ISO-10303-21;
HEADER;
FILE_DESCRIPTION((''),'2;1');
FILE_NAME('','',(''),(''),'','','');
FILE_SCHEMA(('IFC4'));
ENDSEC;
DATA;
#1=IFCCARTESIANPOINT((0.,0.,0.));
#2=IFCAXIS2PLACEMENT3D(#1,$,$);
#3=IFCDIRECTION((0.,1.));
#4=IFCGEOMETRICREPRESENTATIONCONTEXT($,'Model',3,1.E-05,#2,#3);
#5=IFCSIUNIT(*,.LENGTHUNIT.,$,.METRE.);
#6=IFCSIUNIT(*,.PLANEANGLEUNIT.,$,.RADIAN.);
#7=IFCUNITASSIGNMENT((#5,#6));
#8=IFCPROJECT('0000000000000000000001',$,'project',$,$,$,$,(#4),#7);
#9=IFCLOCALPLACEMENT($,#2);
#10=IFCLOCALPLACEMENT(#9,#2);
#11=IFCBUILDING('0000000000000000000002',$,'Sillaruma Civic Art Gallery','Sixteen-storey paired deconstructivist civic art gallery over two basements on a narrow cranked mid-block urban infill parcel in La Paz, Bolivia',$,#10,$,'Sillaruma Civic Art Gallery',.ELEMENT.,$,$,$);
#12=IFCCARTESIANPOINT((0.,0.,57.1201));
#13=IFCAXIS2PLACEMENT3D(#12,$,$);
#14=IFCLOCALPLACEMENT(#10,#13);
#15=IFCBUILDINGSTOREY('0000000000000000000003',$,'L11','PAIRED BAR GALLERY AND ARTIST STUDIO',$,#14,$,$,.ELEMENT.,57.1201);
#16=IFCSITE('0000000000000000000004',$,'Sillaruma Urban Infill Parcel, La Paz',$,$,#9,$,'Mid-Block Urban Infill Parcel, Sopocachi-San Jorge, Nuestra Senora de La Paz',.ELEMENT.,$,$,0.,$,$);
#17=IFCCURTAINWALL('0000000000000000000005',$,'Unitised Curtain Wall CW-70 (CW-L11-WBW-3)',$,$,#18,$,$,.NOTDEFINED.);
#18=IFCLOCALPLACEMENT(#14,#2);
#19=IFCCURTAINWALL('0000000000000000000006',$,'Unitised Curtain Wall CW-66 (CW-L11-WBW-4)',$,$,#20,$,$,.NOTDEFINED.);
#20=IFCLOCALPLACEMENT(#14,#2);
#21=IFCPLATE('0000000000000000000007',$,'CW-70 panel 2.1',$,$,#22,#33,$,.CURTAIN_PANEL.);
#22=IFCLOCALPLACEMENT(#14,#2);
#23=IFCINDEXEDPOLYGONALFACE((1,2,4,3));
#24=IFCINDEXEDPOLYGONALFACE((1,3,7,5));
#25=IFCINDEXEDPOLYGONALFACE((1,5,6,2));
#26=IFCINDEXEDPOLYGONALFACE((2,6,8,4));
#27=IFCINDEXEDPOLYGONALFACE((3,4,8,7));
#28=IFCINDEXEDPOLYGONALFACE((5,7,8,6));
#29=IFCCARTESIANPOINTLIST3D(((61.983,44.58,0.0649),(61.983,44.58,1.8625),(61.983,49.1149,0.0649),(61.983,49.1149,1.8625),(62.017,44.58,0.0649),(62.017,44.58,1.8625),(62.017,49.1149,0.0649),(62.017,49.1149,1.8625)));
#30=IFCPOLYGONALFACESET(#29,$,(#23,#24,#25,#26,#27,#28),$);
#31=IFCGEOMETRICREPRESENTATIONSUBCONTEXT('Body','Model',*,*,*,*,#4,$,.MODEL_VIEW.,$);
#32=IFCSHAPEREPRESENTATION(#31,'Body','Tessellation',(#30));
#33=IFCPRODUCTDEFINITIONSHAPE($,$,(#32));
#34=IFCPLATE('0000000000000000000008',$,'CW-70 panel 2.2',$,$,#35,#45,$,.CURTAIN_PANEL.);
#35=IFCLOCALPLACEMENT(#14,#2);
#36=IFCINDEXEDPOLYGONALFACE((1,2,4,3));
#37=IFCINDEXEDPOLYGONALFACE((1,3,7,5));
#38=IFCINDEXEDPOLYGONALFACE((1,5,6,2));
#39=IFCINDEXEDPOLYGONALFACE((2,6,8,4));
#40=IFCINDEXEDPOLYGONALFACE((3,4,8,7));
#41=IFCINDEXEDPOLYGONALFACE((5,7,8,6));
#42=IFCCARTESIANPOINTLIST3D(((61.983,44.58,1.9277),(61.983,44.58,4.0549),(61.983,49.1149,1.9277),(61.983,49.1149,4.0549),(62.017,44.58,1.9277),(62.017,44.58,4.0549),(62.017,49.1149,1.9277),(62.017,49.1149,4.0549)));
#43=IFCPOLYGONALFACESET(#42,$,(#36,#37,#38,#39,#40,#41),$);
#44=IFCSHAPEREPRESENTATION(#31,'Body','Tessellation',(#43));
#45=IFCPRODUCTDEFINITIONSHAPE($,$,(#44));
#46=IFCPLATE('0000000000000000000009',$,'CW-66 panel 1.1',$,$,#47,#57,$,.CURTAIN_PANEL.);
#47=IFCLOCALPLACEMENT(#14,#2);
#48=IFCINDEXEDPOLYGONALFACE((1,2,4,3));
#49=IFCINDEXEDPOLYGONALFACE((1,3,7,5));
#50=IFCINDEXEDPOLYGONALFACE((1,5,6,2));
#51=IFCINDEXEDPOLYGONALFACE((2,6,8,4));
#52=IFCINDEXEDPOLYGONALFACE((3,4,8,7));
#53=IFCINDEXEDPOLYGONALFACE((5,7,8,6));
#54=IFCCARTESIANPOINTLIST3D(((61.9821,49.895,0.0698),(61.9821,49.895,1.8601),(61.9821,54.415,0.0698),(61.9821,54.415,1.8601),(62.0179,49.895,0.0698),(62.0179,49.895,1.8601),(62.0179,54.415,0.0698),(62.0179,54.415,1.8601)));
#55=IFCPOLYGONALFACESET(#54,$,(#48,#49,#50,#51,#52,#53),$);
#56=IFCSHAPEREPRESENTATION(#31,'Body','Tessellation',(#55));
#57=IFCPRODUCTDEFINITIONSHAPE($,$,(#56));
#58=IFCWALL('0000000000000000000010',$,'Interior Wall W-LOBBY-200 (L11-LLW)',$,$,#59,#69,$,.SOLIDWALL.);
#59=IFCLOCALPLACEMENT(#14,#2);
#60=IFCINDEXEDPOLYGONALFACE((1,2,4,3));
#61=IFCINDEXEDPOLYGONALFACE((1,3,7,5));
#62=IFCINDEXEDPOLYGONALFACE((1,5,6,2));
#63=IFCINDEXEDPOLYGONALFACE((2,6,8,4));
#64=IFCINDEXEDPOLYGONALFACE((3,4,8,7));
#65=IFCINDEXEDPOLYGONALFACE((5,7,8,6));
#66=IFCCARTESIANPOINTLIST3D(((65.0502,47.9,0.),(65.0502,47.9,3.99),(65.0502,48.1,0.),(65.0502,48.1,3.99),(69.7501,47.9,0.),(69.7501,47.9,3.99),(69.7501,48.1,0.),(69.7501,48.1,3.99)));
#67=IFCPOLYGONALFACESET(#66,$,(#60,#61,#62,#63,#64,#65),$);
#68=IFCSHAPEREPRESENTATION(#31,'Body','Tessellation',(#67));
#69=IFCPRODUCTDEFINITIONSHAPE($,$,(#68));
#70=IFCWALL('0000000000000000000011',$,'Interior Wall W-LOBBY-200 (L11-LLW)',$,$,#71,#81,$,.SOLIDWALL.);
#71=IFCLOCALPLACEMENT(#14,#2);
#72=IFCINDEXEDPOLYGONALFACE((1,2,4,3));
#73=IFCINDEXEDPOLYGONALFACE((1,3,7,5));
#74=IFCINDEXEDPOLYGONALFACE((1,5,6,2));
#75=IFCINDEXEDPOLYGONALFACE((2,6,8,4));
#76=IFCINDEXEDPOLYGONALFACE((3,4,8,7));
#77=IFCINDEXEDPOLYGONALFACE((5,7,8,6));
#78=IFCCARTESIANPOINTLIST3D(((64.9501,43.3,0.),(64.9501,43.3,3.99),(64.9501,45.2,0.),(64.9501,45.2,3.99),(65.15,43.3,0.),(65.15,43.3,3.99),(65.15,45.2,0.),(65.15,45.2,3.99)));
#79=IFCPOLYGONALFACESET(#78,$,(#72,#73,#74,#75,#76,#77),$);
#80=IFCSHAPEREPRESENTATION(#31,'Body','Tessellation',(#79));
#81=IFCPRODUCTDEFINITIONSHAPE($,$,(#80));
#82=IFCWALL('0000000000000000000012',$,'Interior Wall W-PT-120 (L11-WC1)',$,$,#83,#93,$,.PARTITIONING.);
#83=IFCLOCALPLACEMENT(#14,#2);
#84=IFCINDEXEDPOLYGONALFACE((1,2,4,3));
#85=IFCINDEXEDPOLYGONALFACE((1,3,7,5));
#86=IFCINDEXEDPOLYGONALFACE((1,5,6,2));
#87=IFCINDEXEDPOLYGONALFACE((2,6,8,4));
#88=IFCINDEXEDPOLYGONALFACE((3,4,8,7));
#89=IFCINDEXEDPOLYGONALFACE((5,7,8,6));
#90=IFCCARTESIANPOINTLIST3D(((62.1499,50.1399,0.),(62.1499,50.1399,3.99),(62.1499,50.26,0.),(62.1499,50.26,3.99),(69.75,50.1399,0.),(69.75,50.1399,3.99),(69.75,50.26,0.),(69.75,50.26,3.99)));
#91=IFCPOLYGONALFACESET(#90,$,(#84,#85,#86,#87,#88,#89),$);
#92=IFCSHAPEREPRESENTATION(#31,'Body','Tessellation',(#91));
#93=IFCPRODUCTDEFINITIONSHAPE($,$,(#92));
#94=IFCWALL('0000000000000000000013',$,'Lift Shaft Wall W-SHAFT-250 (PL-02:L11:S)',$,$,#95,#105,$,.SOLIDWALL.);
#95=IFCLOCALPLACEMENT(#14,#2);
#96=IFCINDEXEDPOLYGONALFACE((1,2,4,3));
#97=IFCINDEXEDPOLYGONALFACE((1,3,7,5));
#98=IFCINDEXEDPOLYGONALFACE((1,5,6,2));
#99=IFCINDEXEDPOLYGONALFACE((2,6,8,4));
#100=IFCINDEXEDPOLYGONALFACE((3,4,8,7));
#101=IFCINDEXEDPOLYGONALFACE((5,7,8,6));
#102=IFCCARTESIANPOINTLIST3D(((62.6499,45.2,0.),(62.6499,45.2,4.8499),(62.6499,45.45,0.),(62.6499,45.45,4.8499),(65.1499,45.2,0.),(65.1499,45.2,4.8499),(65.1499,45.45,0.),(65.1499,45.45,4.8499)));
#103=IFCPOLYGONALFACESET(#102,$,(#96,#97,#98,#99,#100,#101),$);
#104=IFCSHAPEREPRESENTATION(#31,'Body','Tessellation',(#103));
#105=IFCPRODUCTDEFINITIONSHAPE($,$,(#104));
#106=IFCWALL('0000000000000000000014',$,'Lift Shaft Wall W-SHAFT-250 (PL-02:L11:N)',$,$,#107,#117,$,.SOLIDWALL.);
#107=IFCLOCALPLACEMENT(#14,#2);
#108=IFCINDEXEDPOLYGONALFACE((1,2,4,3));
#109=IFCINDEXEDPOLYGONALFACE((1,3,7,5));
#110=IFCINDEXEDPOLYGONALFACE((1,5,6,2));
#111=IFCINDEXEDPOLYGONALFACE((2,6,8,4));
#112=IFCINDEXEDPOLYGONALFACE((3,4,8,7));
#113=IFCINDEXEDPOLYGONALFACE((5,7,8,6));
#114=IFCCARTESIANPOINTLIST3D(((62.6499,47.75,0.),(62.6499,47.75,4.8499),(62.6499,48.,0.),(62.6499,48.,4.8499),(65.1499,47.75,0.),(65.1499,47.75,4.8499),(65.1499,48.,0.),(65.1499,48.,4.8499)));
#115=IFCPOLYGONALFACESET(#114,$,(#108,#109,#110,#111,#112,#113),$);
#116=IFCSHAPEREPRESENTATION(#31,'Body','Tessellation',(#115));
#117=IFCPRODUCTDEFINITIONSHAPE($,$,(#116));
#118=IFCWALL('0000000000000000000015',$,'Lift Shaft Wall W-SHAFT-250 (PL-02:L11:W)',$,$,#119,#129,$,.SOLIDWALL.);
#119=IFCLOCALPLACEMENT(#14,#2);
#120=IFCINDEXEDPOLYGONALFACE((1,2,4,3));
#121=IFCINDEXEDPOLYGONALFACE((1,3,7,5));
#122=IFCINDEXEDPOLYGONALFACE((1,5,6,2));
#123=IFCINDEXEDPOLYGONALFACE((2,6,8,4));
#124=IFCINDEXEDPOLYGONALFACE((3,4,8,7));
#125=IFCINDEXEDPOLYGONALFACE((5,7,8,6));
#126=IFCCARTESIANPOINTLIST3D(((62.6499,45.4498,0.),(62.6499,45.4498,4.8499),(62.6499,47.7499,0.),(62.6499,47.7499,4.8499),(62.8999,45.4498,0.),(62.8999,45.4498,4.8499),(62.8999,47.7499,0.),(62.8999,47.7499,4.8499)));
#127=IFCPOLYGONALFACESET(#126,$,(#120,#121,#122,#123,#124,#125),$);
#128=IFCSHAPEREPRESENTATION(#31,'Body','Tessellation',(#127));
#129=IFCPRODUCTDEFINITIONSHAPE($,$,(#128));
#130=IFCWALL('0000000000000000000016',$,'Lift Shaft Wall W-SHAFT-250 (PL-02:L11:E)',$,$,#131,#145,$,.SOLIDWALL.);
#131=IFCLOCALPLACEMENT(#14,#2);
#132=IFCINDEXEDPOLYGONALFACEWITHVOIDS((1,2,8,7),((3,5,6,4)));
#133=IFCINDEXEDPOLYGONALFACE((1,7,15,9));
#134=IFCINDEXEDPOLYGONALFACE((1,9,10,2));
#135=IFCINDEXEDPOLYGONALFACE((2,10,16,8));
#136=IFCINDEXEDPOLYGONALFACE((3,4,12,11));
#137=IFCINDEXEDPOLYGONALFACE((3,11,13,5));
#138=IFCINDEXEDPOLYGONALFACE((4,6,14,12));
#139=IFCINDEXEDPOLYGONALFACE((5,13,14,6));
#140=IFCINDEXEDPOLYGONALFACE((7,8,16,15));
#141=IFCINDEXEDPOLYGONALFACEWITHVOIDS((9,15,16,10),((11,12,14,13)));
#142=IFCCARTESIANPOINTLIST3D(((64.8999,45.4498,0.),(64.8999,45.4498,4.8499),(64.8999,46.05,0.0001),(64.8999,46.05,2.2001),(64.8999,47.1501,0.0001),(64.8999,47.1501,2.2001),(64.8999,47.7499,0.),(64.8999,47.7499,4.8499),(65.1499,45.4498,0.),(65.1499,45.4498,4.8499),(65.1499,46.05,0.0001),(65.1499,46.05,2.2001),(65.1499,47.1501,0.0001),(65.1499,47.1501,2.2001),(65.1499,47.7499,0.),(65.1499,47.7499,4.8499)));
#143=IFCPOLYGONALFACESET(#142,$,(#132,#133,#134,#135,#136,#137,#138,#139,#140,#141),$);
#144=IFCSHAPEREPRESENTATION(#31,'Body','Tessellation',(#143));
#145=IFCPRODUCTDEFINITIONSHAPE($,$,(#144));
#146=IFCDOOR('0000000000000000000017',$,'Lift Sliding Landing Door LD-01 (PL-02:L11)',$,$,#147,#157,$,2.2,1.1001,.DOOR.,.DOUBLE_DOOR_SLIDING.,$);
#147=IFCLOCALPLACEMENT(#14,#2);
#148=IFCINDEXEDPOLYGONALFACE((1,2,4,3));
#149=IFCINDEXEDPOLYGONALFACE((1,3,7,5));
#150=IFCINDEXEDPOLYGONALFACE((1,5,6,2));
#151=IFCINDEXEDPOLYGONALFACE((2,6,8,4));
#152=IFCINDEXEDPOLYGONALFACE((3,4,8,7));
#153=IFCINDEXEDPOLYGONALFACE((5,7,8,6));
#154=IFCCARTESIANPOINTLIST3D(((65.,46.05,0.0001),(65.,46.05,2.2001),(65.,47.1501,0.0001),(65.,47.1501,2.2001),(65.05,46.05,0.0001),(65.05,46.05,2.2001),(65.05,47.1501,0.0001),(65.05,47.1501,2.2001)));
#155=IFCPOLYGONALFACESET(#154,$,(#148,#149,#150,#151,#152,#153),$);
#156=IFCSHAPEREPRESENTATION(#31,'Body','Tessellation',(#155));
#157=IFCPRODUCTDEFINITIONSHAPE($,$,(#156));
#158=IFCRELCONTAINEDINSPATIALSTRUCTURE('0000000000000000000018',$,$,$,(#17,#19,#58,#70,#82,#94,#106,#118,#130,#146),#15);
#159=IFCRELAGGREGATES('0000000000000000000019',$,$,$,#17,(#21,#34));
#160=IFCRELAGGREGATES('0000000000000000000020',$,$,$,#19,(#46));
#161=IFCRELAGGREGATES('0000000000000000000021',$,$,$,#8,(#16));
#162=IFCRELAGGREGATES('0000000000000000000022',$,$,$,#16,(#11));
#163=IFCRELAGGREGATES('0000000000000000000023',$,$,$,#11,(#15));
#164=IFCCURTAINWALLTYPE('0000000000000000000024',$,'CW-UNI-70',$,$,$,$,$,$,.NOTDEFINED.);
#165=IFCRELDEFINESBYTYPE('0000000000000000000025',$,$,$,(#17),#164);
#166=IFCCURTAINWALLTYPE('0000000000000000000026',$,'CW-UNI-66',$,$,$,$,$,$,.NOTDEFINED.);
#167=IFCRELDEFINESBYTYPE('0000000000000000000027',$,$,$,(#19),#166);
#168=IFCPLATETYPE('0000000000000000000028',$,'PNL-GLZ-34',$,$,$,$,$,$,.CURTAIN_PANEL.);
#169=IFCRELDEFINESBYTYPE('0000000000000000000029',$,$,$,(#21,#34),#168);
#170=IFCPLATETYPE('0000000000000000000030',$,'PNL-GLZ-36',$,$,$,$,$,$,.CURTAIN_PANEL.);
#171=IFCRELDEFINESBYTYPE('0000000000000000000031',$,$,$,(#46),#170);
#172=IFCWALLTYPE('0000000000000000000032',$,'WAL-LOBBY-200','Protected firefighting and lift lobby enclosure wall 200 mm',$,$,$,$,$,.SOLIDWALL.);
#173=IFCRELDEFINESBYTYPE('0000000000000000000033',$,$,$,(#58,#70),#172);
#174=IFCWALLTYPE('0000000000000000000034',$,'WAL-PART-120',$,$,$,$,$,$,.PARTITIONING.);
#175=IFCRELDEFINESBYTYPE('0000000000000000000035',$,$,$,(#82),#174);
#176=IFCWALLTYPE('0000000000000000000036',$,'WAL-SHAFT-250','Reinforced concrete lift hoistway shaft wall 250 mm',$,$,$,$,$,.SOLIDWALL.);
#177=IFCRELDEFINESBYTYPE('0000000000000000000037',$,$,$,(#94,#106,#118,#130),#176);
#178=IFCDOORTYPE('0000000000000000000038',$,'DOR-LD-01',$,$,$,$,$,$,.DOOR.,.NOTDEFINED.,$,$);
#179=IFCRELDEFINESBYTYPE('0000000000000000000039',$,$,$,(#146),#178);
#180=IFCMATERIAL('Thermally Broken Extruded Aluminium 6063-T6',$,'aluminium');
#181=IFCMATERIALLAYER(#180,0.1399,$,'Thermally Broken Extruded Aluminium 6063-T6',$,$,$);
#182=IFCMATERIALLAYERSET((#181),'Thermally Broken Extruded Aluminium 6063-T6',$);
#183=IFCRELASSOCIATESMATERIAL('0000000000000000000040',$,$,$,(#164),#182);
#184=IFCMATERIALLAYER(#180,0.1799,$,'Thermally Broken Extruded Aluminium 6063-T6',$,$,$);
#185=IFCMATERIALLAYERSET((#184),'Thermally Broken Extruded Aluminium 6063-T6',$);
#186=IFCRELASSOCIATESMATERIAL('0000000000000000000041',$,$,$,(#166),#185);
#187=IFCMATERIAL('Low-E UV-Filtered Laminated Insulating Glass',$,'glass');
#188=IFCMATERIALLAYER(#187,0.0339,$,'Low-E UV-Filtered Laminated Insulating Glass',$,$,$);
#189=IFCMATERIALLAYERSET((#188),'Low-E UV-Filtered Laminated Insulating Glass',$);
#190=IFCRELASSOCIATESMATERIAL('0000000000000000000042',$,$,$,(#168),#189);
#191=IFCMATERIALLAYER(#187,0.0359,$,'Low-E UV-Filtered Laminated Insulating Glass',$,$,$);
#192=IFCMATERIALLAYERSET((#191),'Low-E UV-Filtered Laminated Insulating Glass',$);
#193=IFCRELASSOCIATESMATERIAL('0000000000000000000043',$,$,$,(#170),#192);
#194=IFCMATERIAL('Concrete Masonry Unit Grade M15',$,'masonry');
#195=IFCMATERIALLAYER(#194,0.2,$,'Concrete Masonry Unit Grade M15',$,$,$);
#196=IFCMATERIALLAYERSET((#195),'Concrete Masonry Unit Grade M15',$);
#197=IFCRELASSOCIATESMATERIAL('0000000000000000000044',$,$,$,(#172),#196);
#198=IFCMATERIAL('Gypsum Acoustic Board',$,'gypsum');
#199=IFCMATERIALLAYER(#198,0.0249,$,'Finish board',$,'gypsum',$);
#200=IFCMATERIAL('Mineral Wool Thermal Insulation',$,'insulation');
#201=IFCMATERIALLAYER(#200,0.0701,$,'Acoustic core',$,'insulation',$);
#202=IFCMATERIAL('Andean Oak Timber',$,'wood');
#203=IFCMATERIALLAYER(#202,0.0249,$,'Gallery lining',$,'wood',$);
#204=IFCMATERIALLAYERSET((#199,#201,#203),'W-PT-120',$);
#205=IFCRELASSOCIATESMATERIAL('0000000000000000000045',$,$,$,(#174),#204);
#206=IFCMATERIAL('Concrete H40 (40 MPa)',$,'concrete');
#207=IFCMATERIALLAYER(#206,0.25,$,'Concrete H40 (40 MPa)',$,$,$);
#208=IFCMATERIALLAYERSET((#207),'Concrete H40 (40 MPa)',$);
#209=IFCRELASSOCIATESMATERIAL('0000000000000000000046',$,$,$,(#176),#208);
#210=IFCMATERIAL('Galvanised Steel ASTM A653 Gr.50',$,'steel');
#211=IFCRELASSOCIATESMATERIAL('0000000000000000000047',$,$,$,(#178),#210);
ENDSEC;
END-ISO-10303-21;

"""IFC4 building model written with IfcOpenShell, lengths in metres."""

from ifc_helpers import new_model, si_unit, direction, frame, frame_2d, origin, origin_2d, place, context, subcontext, project, spatial, rectangle, extrude, material, layer, layer_set, type_object, element, fill, aggregate, save


model = new_model("IFC4")

# Units and contexts
model_context = context("Model", 3, precision=1e-05, world=origin(), true_north=direction((0.0, 1.0)))
body_context = subcontext(model_context, "Body", "Model", "MODEL_VIEW")
ifc_project = project(units=[si_unit("LENGTHUNIT", "METRE"), si_unit("PLANEANGLEUNIT", "RADIAN")], contexts=[model_context])

# Site, building, storey
site_placement = place(None, origin())
site = spatial("IfcSite", under=ifc_project, at=site_placement, Name="Sillaruma Urban Infill Parcel, La Paz", LongName="Mid-Block Urban Infill Parcel, Sopocachi-San Jorge, Nuestra Senora de La Paz", CompositionType="ELEMENT", RefElevation=0.0)
building_placement = place(site_placement, origin())
building = spatial("IfcBuilding", under=site, at=building_placement, Name="Sillaruma Civic Art Gallery", Description="Sixteen-storey paired deconstructivist civic art gallery over two basements on a narrow cranked mid-block urban infill parcel in La Paz, Bolivia", LongName="Sillaruma Civic Art Gallery", CompositionType="ELEMENT")
storey_placement = place(building_placement, frame((0.0, 0.0, 57.1201)))
storey = spatial("IfcBuildingStorey", under=building, at=storey_placement, Name="L11", Description="PAIRED BAR GALLERY AND ARTIST STUDIO", CompositionType="ELEMENT", Elevation=57.1201)

# Shared definitions
ifc_material_1 = material(Name="Concrete H40 (40 MPa)", Category="concrete")

# Curtain walls
ifc_material_2 = material(Name="Thermally Broken Extruded Aluminium 6063-T6", Category="aluminium")
ifc_layer_1 = layer(ifc_material_2, 0.1399, Name="Thermally Broken Extruded Aluminium 6063-T6")
ifc_layer_set_1 = layer_set([ifc_layer_1], Name="Thermally Broken Extruded Aluminium 6063-T6")
curtain_wall_type_1 = type_object("IfcCurtainWallType", Name="CW-UNI-70", PredefinedType="NOTDEFINED", material=ifc_layer_set_1)
curtain_wall_1_placement = place(storey_placement, origin())
curtain_wall_1 = element("IfcCurtainWall", 1, at=curtain_wall_1_placement, inside=storey, type_object=curtain_wall_type_1, Name="Unitised Curtain Wall CW-70 (CW-L11-WBW-3)", PredefinedType="NOTDEFINED")
ifc_layer_2 = layer(ifc_material_2, 0.1799, Name="Thermally Broken Extruded Aluminium 6063-T6")
ifc_layer_set_2 = layer_set([ifc_layer_2], Name="Thermally Broken Extruded Aluminium 6063-T6")
curtain_wall_type_2 = type_object("IfcCurtainWallType", Name="CW-UNI-66", PredefinedType="NOTDEFINED", material=ifc_layer_set_2)
curtain_wall_2_placement = place(storey_placement, origin())
curtain_wall_2 = element("IfcCurtainWall", 2, at=curtain_wall_2_placement, inside=storey, type_object=curtain_wall_type_2, Name="Unitised Curtain Wall CW-66 (CW-L11-WBW-4)", PredefinedType="NOTDEFINED")

# Plates
ifc_material_3 = material(Name="Low-E UV-Filtered Laminated Insulating Glass", Category="glass")
ifc_layer_3 = layer(ifc_material_3, 0.0339, Name="Low-E UV-Filtered Laminated Insulating Glass")
ifc_layer_set_3 = layer_set([ifc_layer_3], Name="Low-E UV-Filtered Laminated Insulating Glass")
plate_type_1 = type_object("IfcPlateType", Name="PNL-GLZ-34", PredefinedType="CURTAIN_PANEL", material=ifc_layer_set_3)
plate_1_placement = place(storey_placement, frame((62.0, 46.8474, 0.0649), z_axis=(0.0, 0.0, 1.0), x_axis=(0.0, 1.0, 0.0)))
plate_1 = element("IfcPlate", 3, at=plate_1_placement, type_object=plate_type_1, Name="CW-70 panel 2.1", PredefinedType="CURTAIN_PANEL", context=body_context, shape_type="SweptSolid", body=[
    extrude(rectangle(XDim=4.5349, YDim=0.0339, at=origin_2d()), origin(), (0.0, 0.0, 1.0), 1.7976),
])
plate_2_placement = place(storey_placement, frame((62.0, 46.8474, 1.9277), z_axis=(0.0, 0.0, 1.0), x_axis=(0.0, 1.0, 0.0)))
plate_2 = element("IfcPlate", 4, at=plate_2_placement, type_object=plate_type_1, Name="CW-70 panel 2.2", PredefinedType="CURTAIN_PANEL", context=body_context, shape_type="SweptSolid", body=[
    extrude(rectangle(XDim=4.5349, YDim=0.0339, at=origin_2d()), origin(), (0.0, 0.0, 1.0), 2.1272),
])
aggregate(curtain_wall_1, [plate_1, plate_2])
ifc_layer_4 = layer(ifc_material_3, 0.0359, Name="Low-E UV-Filtered Laminated Insulating Glass")
ifc_layer_set_4 = layer_set([ifc_layer_4], Name="Low-E UV-Filtered Laminated Insulating Glass")
plate_type_2 = type_object("IfcPlateType", Name="PNL-GLZ-36", PredefinedType="CURTAIN_PANEL", material=ifc_layer_set_4)
plate_3_placement = place(storey_placement, frame((62.0, 52.155, 0.0698), z_axis=(0.0, 0.0, 1.0), x_axis=(0.0, 1.0, 0.0)))
plate_3 = element("IfcPlate", 5, at=plate_3_placement, type_object=plate_type_2, Name="CW-66 panel 1.1", PredefinedType="CURTAIN_PANEL", context=body_context, shape_type="SweptSolid", body=[
    extrude(rectangle(XDim=4.52, YDim=0.0359, at=origin_2d()), origin(), (0.0, 0.0, 1.0), 1.7903),
])
aggregate(curtain_wall_2, [plate_3])

# Walls
ifc_material_4 = material(Name="Concrete Masonry Unit Grade M15", Category="masonry")
ifc_layer_5 = layer(ifc_material_4, 0.2, Name="Concrete Masonry Unit Grade M15")
ifc_layer_set_5 = layer_set([ifc_layer_5], Name="Concrete Masonry Unit Grade M15")
wall_type_1 = type_object("IfcWallType", Name="WAL-LOBBY-200", Description="Protected firefighting and lift lobby enclosure wall 200 mm", PredefinedType="SOLIDWALL", material=ifc_layer_set_5)
wall_1_placement = place(storey_placement, frame((65.05, 48.0, 0.0), z_axis=(0.0, 0.0, 1.0), x_axis=(1.0, 0.0, 0.0)))
element("IfcWall", 6, at=wall_1_placement, inside=storey, type_object=wall_type_1, Name="Interior Wall W-LOBBY-200 (L11-LLW)", PredefinedType="SOLIDWALL", context=body_context, shape_type="SweptSolid", body=[
    extrude(rectangle(XDim=4.7, YDim=0.2, at=frame_2d((2.3501, 0.0))), origin(), (0.0, 0.0, 1.0), 3.99),
])
wall_2_placement = place(storey_placement, frame((65.05, 43.3, 0.0), z_axis=(0.0, 0.0, 1.0), x_axis=(0.0, 1.0, 0.0)))
element("IfcWall", 7, at=wall_2_placement, inside=storey, type_object=wall_type_1, Name="Interior Wall W-LOBBY-200 (L11-LLW)", PredefinedType="SOLIDWALL", context=body_context, shape_type="SweptSolid", body=[
    extrude(rectangle(XDim=1.8999, YDim=0.2, at=frame_2d((0.95, 0.0))), origin(), (0.0, 0.0, 1.0), 3.99),
])
ifc_material_5 = material(Name="Gypsum Acoustic Board", Category="gypsum")
ifc_layer_6 = layer(ifc_material_5, 0.0249, Name="Finish board", Category="gypsum")
ifc_material_6 = material(Name="Mineral Wool Thermal Insulation", Category="insulation")
ifc_layer_7 = layer(ifc_material_6, 0.0701, Name="Acoustic core", Category="insulation")
ifc_material_7 = material(Name="Andean Oak Timber", Category="wood")
ifc_layer_8 = layer(ifc_material_7, 0.0249, Name="Gallery lining", Category="wood")
ifc_layer_set_6 = layer_set([ifc_layer_6, ifc_layer_7, ifc_layer_8], Name="W-PT-120")
wall_type_2 = type_object("IfcWallType", Name="WAL-PART-120", PredefinedType="PARTITIONING", material=ifc_layer_set_6)
wall_3_placement = place(storey_placement, frame((62.1499, 50.2, 0.0), z_axis=(0.0, 0.0, 1.0), x_axis=(1.0, 0.0, 0.0)))
element("IfcWall", 8, at=wall_3_placement, inside=storey, type_object=wall_type_2, Name="Interior Wall W-PT-120 (L11-WC1)", PredefinedType="PARTITIONING", context=body_context, shape_type="SweptSolid", body=[
    extrude(rectangle(XDim=7.6001, YDim=0.1201, at=frame_2d((3.8, 0.0))), origin(), (0.0, 0.0, 1.0), 3.99),
])
ifc_layer_9 = layer(ifc_material_1, 0.25, Name="Concrete H40 (40 MPa)")
ifc_layer_set_7 = layer_set([ifc_layer_9], Name="Concrete H40 (40 MPa)")
wall_type_3 = type_object("IfcWallType", Name="WAL-SHAFT-250", Description="Reinforced concrete lift hoistway shaft wall 250 mm", PredefinedType="SOLIDWALL", material=ifc_layer_set_7)
for number, where, z_axis, x_axis, name in (
    (9, (62.6499, 45.325, 0.0), (0.0, 0.0, 1.0), (1.0, 0.0, 0.0), "Lift Shaft Wall W-SHAFT-250 (PL-02:L11:S)"),
    (10, (62.6499, 47.875, 0.0), (0.0, 0.0, 1.0), (1.0, 0.0, 0.0), "Lift Shaft Wall W-SHAFT-250 (PL-02:L11:N)"),
):
    element("IfcWall", number, at=place(storey_placement, frame(where, z_axis=z_axis, x_axis=x_axis)), inside=storey, type_object=wall_type_3, Name=name, PredefinedType="SOLIDWALL", context=body_context, shape_type="SweptSolid", body=[
        extrude(rectangle(XDim=2.5, YDim=0.25, at=frame_2d((1.25, 0.0))), origin(), (0.0, 0.0, 1.0), 4.8499),
    ])
wall_4_placement = place(storey_placement, frame((62.7749, 45.45, 0.0), z_axis=(0.0, 0.0, 1.0), x_axis=(0.0, 1.0, 0.0)))
element("IfcWall", 11, at=wall_4_placement, inside=storey, type_object=wall_type_3, Name="Lift Shaft Wall W-SHAFT-250 (PL-02:L11:W)", PredefinedType="SOLIDWALL", context=body_context, shape_type="SweptSolid", body=[
    extrude(rectangle(XDim=2.3, YDim=0.25, at=frame_2d((1.1499, 0.0))), origin(), (0.0, 0.0, 1.0), 4.8499),
])

# Wall, opening, door
wall_5_placement = place(storey_placement, frame((65.0249, 45.45, 0.0), z_axis=(0.0, 0.0, 1.0), x_axis=(0.0, 1.0, 0.0)))
wall_5 = element("IfcWall", 12, at=wall_5_placement, inside=storey, type_object=wall_type_3, Name="Lift Shaft Wall W-SHAFT-250 (PL-02:L11:E)", PredefinedType="SOLIDWALL", context=body_context, shape_type="SweptSolid", body=[
    extrude(rectangle(XDim=2.3, YDim=0.25, at=frame_2d((1.1499, 0.0))), origin(), (0.0, 0.0, 1.0), 4.8499),
])
opening_placement = place(wall_5_placement, frame((0.6001, 0.0, 0.0)))
opening = element("IfcOpeningElement", 13, at=opening_placement, cuts=wall_5, PredefinedType="OPENING", context=body_context, shape_type="SweptSolid", body=[
    extrude(rectangle(XDim=1.1001, YDim=2.2, at=frame_2d((0.55, 1.1001))), frame((0.0, 0.135, 0.0), z_axis=(0.0, -1.0, 0.0), x_axis=(1.0, 0.0, 0.0)), (0.0, 0.0, 1.0), 0.27),
])
ifc_material_8 = material(Name="Galvanised Steel ASTM A653 Gr.50", Category="steel")
door_type = type_object("IfcDoorType", Name="DOR-LD-01", OperationType="NOTDEFINED", PredefinedType="DOOR", material=ifc_material_8)
door_placement = place(opening_placement, origin())
door = element("IfcDoor", 14, at=door_placement, inside=storey, type_object=door_type, Name="Lift Sliding Landing Door LD-01 (PL-02:L11)", OperationType="DOUBLE_DOOR_SLIDING", OverallHeight=2.2, OverallWidth=1.1001, PredefinedType="DOOR", context=body_context, shape_type="SweptSolid", body=[
    extrude(rectangle(XDim=1.1001, YDim=2.2, at=frame_2d((0.55, 1.1001))), frame((0.0, 0.0249, 0.0), z_axis=(0.0, -1.0, 0.0), x_axis=(1.0, 0.0, 0.0)), (0.0, 0.0, 1.0), 0.05),
])
fill(opening, door)

save(model, "model.ifc")
